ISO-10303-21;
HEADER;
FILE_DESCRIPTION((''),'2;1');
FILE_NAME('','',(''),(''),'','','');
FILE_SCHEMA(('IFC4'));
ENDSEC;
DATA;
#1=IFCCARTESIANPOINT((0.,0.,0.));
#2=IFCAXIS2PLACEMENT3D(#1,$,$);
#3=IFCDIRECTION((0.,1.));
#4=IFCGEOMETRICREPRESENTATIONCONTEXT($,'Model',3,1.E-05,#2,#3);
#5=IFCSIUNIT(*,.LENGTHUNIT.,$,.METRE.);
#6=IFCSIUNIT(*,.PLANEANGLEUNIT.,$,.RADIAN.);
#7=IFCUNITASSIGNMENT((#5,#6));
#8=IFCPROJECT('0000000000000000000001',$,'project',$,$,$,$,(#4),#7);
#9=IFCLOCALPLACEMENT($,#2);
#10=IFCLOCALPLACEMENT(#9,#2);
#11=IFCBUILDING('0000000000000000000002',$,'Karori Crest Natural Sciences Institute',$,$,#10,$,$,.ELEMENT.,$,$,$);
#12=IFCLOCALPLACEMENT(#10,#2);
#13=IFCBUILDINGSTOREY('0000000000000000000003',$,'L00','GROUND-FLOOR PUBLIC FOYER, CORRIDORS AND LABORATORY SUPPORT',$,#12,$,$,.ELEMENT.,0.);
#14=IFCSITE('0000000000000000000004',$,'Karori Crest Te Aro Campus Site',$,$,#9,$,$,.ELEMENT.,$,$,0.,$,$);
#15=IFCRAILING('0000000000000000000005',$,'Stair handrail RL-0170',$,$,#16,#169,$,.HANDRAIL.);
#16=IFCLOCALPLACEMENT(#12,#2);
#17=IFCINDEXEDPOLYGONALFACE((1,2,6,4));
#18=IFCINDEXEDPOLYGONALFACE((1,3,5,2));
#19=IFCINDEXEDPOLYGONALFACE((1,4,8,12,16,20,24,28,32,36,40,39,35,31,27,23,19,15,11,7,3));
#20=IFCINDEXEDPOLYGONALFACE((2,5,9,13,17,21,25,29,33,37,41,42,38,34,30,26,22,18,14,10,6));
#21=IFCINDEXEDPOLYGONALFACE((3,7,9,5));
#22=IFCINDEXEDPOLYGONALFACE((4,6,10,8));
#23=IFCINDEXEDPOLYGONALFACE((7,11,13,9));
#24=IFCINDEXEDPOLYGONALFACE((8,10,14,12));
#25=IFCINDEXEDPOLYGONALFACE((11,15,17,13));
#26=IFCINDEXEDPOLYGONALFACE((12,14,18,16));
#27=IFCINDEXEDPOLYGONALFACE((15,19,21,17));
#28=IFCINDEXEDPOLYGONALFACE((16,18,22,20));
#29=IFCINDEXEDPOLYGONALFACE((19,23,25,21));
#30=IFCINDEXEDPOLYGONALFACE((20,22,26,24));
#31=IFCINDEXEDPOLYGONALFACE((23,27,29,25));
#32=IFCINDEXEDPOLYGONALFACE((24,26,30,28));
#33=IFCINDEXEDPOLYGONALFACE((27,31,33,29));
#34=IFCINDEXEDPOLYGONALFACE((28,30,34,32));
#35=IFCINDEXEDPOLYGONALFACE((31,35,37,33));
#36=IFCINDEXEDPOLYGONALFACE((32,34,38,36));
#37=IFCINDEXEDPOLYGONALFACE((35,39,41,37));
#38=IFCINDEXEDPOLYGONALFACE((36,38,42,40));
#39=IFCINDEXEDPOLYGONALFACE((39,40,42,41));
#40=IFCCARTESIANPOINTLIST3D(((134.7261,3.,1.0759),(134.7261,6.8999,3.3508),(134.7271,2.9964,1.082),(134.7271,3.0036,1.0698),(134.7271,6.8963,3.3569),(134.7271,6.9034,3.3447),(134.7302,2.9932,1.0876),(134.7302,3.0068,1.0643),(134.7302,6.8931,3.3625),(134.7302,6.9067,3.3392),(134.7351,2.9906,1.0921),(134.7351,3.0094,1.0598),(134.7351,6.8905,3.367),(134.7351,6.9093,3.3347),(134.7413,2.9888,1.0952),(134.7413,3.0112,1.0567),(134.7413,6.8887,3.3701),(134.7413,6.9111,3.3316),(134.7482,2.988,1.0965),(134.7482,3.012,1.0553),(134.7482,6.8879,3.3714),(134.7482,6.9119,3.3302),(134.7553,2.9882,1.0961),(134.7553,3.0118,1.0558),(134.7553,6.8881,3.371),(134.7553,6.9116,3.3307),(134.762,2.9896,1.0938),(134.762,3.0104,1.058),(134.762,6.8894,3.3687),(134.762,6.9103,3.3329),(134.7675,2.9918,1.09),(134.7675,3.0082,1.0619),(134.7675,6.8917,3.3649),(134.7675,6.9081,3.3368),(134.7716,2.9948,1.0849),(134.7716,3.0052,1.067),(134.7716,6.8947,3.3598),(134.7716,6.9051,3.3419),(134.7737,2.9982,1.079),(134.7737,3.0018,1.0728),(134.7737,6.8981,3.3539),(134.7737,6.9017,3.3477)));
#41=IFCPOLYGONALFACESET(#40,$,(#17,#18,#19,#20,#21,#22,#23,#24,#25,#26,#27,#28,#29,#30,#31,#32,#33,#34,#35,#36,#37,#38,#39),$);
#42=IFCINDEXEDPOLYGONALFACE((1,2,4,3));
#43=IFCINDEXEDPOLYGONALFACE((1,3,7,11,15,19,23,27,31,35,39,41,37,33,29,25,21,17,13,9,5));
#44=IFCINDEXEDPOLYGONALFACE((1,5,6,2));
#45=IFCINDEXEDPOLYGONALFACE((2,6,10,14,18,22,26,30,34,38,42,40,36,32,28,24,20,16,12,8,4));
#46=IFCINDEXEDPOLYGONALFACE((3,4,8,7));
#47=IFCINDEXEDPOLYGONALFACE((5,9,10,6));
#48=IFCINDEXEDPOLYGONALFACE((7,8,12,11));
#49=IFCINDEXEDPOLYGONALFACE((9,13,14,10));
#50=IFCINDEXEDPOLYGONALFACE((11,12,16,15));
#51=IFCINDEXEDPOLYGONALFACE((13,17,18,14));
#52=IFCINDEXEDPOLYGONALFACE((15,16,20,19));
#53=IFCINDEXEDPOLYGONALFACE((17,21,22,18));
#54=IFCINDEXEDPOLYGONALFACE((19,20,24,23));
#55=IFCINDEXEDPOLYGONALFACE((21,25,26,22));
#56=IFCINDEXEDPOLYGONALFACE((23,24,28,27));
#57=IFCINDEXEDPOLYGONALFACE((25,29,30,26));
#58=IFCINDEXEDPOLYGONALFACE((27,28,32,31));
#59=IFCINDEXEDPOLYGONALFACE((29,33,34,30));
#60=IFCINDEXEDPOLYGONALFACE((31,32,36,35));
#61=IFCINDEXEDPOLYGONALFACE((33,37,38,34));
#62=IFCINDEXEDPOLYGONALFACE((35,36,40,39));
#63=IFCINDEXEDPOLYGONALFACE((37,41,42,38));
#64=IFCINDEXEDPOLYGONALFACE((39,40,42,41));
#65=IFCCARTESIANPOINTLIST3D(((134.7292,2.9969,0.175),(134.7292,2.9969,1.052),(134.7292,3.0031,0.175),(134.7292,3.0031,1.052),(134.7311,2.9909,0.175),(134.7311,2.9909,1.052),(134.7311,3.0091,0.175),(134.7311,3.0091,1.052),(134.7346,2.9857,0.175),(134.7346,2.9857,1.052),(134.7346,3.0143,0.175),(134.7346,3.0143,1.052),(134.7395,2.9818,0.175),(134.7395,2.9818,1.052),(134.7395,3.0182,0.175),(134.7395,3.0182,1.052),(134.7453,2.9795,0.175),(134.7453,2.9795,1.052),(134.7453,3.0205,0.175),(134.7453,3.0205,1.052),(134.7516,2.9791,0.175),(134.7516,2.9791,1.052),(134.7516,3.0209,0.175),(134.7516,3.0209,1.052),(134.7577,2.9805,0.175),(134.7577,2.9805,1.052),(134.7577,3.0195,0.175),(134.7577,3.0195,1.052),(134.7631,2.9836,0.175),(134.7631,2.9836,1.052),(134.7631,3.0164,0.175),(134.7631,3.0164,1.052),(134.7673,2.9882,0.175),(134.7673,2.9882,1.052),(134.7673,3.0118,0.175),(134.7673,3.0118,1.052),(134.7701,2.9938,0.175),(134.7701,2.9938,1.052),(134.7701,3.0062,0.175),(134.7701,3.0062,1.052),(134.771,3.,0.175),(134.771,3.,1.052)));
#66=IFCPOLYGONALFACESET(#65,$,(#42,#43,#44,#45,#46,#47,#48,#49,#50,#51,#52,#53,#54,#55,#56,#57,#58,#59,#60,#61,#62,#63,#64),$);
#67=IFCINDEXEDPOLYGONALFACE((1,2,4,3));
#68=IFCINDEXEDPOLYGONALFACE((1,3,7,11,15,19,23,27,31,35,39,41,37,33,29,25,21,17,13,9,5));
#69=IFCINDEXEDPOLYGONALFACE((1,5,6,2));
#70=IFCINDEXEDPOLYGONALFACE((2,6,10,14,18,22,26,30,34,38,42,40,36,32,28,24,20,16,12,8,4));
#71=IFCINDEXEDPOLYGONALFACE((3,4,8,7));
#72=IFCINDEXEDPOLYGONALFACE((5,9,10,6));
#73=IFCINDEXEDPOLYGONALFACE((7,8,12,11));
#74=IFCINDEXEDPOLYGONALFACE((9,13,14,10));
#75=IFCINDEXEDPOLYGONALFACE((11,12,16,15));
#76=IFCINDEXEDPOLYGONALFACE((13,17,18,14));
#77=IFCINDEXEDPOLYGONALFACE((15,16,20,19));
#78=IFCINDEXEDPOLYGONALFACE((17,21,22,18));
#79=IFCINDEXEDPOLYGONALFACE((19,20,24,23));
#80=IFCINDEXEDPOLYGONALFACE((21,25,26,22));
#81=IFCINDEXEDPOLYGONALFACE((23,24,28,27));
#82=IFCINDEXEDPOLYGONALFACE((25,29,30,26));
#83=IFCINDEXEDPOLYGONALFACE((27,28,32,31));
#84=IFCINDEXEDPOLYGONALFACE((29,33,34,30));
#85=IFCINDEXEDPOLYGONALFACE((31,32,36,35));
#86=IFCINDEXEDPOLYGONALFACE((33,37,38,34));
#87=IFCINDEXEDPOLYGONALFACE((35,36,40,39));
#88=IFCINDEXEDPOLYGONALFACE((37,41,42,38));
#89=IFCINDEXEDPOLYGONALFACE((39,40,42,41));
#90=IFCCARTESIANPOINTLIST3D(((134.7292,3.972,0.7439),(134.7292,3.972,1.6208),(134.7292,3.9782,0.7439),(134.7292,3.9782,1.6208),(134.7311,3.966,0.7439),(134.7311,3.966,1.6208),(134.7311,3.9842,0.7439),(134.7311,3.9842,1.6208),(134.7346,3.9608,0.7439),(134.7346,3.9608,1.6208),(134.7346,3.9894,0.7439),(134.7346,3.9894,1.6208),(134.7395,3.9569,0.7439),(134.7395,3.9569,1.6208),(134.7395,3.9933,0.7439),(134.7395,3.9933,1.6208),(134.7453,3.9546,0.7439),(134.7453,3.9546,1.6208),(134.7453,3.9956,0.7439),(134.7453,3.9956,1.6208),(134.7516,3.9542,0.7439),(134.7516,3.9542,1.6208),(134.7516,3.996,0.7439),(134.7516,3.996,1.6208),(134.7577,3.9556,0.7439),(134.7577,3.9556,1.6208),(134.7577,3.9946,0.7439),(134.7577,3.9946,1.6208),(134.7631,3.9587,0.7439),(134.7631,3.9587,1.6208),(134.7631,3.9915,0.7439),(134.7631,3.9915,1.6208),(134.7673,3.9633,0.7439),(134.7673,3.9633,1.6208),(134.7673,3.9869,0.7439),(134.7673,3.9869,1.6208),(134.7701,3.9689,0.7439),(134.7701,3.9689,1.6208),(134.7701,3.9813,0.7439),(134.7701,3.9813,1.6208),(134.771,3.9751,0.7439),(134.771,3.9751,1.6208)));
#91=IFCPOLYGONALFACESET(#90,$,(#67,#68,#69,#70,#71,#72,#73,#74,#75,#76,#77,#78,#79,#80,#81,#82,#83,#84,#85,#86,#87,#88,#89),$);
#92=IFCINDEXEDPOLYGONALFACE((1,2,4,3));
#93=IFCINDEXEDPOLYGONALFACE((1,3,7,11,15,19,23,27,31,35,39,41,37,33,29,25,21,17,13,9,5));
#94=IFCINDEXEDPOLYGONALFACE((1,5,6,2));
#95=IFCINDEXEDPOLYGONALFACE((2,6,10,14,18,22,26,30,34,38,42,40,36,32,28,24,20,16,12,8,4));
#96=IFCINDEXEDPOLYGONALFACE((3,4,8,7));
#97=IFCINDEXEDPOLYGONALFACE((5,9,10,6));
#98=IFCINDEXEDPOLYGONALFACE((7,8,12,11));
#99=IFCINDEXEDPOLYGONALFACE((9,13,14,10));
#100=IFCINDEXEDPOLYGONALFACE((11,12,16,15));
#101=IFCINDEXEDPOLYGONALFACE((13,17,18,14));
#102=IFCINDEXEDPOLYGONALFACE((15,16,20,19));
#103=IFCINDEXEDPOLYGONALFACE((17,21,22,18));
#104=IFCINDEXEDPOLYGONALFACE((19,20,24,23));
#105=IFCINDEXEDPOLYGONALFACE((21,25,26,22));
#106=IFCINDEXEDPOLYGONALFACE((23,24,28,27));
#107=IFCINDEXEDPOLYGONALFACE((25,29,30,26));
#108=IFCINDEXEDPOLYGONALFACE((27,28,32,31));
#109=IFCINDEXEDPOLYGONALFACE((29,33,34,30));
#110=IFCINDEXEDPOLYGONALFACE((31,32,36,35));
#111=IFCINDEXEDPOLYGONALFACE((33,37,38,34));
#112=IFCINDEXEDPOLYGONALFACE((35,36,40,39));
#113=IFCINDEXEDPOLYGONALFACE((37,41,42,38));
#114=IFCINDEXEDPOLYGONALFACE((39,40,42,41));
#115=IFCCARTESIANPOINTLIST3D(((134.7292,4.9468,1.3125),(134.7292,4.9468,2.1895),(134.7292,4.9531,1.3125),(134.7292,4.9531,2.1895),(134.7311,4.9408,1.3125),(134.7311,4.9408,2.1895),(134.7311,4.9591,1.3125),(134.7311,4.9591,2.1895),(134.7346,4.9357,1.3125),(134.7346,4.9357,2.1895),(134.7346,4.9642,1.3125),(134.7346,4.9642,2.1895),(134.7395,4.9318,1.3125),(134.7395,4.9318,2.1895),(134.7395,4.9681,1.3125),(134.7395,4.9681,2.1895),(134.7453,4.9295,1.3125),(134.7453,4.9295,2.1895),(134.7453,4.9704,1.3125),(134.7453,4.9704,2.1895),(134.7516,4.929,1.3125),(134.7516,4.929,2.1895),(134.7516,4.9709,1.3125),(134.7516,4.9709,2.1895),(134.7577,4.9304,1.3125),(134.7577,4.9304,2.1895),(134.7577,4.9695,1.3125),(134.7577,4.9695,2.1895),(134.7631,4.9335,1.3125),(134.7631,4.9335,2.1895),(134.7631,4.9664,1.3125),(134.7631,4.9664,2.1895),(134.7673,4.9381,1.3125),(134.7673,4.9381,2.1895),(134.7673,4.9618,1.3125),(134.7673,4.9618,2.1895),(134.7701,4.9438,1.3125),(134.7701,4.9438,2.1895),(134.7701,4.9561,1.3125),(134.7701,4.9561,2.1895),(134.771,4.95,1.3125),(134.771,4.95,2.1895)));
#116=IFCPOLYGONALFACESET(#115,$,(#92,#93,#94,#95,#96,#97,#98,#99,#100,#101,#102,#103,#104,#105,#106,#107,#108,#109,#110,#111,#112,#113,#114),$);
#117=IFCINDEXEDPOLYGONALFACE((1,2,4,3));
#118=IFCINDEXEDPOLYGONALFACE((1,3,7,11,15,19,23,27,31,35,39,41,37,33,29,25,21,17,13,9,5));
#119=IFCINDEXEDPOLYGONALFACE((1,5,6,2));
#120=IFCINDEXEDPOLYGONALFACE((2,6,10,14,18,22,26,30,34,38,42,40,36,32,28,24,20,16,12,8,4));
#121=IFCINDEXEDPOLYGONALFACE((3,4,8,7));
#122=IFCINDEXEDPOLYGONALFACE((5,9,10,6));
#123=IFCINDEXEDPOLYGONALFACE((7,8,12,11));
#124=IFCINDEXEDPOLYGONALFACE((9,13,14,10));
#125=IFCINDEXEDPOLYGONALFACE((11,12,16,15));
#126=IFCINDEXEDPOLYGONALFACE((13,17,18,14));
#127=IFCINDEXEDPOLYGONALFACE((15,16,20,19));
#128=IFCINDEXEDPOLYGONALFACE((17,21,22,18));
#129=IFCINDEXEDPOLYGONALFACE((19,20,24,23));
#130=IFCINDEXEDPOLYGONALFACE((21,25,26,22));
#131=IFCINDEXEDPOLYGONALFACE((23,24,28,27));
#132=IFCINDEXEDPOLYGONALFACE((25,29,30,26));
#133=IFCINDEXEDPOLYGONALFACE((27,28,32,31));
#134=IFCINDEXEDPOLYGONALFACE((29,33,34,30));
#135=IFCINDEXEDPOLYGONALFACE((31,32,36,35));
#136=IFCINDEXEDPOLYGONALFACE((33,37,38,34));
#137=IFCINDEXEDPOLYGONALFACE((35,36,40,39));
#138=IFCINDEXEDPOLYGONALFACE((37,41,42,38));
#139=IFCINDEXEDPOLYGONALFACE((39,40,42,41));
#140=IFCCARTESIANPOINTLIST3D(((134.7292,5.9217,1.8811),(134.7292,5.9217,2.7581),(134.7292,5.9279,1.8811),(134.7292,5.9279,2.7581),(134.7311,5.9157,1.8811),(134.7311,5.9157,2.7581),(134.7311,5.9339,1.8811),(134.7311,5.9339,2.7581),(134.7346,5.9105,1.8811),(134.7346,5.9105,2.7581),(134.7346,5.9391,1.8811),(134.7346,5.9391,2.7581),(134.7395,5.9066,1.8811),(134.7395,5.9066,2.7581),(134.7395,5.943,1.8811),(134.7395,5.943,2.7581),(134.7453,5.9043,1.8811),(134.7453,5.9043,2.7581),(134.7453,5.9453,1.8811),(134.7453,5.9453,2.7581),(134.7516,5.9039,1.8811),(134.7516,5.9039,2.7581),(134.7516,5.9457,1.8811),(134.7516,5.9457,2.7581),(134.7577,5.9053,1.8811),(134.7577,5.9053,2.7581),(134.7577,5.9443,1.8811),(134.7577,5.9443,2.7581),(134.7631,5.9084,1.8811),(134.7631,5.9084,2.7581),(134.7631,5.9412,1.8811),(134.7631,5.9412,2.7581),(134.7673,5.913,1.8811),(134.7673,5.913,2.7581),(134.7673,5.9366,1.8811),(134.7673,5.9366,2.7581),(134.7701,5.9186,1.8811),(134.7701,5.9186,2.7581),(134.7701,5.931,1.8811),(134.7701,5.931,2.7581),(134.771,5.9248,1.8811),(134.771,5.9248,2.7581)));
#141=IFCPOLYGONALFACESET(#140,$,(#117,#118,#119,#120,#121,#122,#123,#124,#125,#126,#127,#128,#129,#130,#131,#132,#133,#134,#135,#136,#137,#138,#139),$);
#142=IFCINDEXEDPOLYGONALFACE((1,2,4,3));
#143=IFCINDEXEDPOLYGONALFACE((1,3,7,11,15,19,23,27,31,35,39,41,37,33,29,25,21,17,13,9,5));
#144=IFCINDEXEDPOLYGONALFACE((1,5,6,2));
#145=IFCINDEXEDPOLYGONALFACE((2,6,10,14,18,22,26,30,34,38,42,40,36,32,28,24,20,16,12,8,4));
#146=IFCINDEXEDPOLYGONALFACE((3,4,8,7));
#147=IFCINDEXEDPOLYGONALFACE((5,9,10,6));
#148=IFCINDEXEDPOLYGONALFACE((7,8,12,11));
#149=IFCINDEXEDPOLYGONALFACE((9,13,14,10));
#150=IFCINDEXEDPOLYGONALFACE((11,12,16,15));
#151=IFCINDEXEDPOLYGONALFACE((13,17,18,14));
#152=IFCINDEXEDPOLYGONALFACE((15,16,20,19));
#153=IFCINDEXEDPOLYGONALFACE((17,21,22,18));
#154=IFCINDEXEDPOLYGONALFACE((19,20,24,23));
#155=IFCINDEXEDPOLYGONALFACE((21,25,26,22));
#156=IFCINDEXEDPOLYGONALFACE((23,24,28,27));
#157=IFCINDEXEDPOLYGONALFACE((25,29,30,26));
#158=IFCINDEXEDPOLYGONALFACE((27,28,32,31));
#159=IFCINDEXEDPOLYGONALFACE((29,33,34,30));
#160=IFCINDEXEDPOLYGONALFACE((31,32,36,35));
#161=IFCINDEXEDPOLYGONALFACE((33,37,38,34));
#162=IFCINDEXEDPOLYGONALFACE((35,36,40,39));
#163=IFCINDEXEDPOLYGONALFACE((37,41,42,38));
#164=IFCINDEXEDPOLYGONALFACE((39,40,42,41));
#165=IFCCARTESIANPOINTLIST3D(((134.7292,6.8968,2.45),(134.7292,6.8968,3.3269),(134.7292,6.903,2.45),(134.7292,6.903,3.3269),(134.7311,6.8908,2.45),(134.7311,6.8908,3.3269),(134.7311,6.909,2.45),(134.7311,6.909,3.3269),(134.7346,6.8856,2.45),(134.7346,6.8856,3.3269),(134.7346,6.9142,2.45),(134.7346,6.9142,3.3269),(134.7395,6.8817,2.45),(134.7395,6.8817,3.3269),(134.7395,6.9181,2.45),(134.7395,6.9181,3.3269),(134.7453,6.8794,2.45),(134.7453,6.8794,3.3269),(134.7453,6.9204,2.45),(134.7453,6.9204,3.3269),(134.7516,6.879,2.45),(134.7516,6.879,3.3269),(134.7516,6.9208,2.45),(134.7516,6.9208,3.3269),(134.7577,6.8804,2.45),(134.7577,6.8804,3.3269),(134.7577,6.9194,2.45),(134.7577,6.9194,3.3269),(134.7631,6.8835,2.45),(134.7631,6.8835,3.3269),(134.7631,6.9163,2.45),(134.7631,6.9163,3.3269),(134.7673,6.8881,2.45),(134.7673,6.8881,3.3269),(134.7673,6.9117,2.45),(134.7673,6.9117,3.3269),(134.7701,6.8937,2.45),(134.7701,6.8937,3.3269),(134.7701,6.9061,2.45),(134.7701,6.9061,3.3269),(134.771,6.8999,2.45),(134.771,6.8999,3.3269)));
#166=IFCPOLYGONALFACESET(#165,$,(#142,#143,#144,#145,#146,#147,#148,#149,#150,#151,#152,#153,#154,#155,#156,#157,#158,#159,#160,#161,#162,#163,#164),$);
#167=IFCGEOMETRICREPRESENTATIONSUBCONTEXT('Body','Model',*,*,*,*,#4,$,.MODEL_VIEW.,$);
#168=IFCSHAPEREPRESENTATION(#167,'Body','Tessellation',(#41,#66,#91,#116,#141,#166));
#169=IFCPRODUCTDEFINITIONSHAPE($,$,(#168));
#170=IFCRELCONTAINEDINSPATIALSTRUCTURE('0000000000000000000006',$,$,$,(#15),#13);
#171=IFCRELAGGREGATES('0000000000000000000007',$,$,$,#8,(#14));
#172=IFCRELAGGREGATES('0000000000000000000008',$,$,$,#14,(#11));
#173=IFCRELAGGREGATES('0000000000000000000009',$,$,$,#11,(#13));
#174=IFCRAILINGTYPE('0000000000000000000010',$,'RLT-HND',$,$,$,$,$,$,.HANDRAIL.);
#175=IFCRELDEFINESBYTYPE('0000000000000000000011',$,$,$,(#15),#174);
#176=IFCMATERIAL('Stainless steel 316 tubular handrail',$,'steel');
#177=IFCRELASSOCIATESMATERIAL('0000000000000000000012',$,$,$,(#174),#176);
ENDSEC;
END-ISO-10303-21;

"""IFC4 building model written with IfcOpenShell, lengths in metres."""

from ifc_helpers import new_model, si_unit, direction, frame, origin, origin_2d, place, context, subcontext, project, spatial, circle, extrude, material, type_object, element, save


model = new_model("IFC4")

# Units and contexts
model_context = context("Model", 3, precision=1e-05, world=origin(), true_north=direction((0.0, 1.0)))
body_context = subcontext(model_context, "Body", "Model", "MODEL_VIEW")
ifc_project = project(units=[si_unit("LENGTHUNIT", "METRE"), si_unit("PLANEANGLEUNIT", "RADIAN")], contexts=[model_context])

# Site, building, storey
site_placement = place(None, origin())
site = spatial("IfcSite", under=ifc_project, at=site_placement, Name="Karori Crest Te Aro Campus Site", CompositionType="ELEMENT", RefElevation=0.0)
building_placement = place(site_placement, origin())
building = spatial("IfcBuilding", under=site, at=building_placement, Name="Karori Crest Natural Sciences Institute", CompositionType="ELEMENT")
storey_placement = place(building_placement, origin())
storey = spatial("IfcBuildingStorey", under=building, at=storey_placement, Name="L00", Description="GROUND-FLOOR PUBLIC FOYER, CORRIDORS AND LABORATORY SUPPORT", CompositionType="ELEMENT", Elevation=0.0)

# Railing
ifc_material_1 = material(Name="Stainless steel 316 tubular handrail", Category="steel")
railing_type_1 = type_object("IfcRailingType", Name="RLT-HND", PredefinedType="HANDRAIL", material=ifc_material_1)
railing_1_placement = place(storey_placement, frame((134.75, 3.0, 0.175)))
element("IfcRailing", 1, at=railing_1_placement, inside=storey, type_object=railing_type_1, Name="Stair handrail RL-0170", PredefinedType="HANDRAIL", context=body_context, shape_type="SweptSolid", body=[
    extrude(circle(Radius=0.0239, at=origin_2d()), frame((0.0, 0.0, 0.9009), z_axis=(0.0, 0.863783, 0.503864), x_axis=(-1.0, 0.0, 0.0)), (0.0, 0.0, 1.0), 4.5149),
    extrude(circle(Radius=0.021, at=origin_2d()), origin(), (0.0, 0.0, 1.0), 0.877),
    extrude(circle(Radius=0.021, at=origin_2d()), frame((0.0, 0.9751, 0.5688)), (0.0, 0.0, 1.0), 0.877),
    extrude(circle(Radius=0.021, at=origin_2d()), frame((0.0, 1.95, 1.1375)), (0.0, 0.0, 1.0), 0.877),
    extrude(circle(Radius=0.021, at=origin_2d()), frame((0.0, 2.9248, 1.7061)), (0.0, 0.0, 1.0), 0.877),
    extrude(circle(Radius=0.021, at=origin_2d()), frame((0.0, 3.8999, 2.2749)), (0.0, 0.0, 1.0), 0.877),
])

save(model, "model.ifc")
